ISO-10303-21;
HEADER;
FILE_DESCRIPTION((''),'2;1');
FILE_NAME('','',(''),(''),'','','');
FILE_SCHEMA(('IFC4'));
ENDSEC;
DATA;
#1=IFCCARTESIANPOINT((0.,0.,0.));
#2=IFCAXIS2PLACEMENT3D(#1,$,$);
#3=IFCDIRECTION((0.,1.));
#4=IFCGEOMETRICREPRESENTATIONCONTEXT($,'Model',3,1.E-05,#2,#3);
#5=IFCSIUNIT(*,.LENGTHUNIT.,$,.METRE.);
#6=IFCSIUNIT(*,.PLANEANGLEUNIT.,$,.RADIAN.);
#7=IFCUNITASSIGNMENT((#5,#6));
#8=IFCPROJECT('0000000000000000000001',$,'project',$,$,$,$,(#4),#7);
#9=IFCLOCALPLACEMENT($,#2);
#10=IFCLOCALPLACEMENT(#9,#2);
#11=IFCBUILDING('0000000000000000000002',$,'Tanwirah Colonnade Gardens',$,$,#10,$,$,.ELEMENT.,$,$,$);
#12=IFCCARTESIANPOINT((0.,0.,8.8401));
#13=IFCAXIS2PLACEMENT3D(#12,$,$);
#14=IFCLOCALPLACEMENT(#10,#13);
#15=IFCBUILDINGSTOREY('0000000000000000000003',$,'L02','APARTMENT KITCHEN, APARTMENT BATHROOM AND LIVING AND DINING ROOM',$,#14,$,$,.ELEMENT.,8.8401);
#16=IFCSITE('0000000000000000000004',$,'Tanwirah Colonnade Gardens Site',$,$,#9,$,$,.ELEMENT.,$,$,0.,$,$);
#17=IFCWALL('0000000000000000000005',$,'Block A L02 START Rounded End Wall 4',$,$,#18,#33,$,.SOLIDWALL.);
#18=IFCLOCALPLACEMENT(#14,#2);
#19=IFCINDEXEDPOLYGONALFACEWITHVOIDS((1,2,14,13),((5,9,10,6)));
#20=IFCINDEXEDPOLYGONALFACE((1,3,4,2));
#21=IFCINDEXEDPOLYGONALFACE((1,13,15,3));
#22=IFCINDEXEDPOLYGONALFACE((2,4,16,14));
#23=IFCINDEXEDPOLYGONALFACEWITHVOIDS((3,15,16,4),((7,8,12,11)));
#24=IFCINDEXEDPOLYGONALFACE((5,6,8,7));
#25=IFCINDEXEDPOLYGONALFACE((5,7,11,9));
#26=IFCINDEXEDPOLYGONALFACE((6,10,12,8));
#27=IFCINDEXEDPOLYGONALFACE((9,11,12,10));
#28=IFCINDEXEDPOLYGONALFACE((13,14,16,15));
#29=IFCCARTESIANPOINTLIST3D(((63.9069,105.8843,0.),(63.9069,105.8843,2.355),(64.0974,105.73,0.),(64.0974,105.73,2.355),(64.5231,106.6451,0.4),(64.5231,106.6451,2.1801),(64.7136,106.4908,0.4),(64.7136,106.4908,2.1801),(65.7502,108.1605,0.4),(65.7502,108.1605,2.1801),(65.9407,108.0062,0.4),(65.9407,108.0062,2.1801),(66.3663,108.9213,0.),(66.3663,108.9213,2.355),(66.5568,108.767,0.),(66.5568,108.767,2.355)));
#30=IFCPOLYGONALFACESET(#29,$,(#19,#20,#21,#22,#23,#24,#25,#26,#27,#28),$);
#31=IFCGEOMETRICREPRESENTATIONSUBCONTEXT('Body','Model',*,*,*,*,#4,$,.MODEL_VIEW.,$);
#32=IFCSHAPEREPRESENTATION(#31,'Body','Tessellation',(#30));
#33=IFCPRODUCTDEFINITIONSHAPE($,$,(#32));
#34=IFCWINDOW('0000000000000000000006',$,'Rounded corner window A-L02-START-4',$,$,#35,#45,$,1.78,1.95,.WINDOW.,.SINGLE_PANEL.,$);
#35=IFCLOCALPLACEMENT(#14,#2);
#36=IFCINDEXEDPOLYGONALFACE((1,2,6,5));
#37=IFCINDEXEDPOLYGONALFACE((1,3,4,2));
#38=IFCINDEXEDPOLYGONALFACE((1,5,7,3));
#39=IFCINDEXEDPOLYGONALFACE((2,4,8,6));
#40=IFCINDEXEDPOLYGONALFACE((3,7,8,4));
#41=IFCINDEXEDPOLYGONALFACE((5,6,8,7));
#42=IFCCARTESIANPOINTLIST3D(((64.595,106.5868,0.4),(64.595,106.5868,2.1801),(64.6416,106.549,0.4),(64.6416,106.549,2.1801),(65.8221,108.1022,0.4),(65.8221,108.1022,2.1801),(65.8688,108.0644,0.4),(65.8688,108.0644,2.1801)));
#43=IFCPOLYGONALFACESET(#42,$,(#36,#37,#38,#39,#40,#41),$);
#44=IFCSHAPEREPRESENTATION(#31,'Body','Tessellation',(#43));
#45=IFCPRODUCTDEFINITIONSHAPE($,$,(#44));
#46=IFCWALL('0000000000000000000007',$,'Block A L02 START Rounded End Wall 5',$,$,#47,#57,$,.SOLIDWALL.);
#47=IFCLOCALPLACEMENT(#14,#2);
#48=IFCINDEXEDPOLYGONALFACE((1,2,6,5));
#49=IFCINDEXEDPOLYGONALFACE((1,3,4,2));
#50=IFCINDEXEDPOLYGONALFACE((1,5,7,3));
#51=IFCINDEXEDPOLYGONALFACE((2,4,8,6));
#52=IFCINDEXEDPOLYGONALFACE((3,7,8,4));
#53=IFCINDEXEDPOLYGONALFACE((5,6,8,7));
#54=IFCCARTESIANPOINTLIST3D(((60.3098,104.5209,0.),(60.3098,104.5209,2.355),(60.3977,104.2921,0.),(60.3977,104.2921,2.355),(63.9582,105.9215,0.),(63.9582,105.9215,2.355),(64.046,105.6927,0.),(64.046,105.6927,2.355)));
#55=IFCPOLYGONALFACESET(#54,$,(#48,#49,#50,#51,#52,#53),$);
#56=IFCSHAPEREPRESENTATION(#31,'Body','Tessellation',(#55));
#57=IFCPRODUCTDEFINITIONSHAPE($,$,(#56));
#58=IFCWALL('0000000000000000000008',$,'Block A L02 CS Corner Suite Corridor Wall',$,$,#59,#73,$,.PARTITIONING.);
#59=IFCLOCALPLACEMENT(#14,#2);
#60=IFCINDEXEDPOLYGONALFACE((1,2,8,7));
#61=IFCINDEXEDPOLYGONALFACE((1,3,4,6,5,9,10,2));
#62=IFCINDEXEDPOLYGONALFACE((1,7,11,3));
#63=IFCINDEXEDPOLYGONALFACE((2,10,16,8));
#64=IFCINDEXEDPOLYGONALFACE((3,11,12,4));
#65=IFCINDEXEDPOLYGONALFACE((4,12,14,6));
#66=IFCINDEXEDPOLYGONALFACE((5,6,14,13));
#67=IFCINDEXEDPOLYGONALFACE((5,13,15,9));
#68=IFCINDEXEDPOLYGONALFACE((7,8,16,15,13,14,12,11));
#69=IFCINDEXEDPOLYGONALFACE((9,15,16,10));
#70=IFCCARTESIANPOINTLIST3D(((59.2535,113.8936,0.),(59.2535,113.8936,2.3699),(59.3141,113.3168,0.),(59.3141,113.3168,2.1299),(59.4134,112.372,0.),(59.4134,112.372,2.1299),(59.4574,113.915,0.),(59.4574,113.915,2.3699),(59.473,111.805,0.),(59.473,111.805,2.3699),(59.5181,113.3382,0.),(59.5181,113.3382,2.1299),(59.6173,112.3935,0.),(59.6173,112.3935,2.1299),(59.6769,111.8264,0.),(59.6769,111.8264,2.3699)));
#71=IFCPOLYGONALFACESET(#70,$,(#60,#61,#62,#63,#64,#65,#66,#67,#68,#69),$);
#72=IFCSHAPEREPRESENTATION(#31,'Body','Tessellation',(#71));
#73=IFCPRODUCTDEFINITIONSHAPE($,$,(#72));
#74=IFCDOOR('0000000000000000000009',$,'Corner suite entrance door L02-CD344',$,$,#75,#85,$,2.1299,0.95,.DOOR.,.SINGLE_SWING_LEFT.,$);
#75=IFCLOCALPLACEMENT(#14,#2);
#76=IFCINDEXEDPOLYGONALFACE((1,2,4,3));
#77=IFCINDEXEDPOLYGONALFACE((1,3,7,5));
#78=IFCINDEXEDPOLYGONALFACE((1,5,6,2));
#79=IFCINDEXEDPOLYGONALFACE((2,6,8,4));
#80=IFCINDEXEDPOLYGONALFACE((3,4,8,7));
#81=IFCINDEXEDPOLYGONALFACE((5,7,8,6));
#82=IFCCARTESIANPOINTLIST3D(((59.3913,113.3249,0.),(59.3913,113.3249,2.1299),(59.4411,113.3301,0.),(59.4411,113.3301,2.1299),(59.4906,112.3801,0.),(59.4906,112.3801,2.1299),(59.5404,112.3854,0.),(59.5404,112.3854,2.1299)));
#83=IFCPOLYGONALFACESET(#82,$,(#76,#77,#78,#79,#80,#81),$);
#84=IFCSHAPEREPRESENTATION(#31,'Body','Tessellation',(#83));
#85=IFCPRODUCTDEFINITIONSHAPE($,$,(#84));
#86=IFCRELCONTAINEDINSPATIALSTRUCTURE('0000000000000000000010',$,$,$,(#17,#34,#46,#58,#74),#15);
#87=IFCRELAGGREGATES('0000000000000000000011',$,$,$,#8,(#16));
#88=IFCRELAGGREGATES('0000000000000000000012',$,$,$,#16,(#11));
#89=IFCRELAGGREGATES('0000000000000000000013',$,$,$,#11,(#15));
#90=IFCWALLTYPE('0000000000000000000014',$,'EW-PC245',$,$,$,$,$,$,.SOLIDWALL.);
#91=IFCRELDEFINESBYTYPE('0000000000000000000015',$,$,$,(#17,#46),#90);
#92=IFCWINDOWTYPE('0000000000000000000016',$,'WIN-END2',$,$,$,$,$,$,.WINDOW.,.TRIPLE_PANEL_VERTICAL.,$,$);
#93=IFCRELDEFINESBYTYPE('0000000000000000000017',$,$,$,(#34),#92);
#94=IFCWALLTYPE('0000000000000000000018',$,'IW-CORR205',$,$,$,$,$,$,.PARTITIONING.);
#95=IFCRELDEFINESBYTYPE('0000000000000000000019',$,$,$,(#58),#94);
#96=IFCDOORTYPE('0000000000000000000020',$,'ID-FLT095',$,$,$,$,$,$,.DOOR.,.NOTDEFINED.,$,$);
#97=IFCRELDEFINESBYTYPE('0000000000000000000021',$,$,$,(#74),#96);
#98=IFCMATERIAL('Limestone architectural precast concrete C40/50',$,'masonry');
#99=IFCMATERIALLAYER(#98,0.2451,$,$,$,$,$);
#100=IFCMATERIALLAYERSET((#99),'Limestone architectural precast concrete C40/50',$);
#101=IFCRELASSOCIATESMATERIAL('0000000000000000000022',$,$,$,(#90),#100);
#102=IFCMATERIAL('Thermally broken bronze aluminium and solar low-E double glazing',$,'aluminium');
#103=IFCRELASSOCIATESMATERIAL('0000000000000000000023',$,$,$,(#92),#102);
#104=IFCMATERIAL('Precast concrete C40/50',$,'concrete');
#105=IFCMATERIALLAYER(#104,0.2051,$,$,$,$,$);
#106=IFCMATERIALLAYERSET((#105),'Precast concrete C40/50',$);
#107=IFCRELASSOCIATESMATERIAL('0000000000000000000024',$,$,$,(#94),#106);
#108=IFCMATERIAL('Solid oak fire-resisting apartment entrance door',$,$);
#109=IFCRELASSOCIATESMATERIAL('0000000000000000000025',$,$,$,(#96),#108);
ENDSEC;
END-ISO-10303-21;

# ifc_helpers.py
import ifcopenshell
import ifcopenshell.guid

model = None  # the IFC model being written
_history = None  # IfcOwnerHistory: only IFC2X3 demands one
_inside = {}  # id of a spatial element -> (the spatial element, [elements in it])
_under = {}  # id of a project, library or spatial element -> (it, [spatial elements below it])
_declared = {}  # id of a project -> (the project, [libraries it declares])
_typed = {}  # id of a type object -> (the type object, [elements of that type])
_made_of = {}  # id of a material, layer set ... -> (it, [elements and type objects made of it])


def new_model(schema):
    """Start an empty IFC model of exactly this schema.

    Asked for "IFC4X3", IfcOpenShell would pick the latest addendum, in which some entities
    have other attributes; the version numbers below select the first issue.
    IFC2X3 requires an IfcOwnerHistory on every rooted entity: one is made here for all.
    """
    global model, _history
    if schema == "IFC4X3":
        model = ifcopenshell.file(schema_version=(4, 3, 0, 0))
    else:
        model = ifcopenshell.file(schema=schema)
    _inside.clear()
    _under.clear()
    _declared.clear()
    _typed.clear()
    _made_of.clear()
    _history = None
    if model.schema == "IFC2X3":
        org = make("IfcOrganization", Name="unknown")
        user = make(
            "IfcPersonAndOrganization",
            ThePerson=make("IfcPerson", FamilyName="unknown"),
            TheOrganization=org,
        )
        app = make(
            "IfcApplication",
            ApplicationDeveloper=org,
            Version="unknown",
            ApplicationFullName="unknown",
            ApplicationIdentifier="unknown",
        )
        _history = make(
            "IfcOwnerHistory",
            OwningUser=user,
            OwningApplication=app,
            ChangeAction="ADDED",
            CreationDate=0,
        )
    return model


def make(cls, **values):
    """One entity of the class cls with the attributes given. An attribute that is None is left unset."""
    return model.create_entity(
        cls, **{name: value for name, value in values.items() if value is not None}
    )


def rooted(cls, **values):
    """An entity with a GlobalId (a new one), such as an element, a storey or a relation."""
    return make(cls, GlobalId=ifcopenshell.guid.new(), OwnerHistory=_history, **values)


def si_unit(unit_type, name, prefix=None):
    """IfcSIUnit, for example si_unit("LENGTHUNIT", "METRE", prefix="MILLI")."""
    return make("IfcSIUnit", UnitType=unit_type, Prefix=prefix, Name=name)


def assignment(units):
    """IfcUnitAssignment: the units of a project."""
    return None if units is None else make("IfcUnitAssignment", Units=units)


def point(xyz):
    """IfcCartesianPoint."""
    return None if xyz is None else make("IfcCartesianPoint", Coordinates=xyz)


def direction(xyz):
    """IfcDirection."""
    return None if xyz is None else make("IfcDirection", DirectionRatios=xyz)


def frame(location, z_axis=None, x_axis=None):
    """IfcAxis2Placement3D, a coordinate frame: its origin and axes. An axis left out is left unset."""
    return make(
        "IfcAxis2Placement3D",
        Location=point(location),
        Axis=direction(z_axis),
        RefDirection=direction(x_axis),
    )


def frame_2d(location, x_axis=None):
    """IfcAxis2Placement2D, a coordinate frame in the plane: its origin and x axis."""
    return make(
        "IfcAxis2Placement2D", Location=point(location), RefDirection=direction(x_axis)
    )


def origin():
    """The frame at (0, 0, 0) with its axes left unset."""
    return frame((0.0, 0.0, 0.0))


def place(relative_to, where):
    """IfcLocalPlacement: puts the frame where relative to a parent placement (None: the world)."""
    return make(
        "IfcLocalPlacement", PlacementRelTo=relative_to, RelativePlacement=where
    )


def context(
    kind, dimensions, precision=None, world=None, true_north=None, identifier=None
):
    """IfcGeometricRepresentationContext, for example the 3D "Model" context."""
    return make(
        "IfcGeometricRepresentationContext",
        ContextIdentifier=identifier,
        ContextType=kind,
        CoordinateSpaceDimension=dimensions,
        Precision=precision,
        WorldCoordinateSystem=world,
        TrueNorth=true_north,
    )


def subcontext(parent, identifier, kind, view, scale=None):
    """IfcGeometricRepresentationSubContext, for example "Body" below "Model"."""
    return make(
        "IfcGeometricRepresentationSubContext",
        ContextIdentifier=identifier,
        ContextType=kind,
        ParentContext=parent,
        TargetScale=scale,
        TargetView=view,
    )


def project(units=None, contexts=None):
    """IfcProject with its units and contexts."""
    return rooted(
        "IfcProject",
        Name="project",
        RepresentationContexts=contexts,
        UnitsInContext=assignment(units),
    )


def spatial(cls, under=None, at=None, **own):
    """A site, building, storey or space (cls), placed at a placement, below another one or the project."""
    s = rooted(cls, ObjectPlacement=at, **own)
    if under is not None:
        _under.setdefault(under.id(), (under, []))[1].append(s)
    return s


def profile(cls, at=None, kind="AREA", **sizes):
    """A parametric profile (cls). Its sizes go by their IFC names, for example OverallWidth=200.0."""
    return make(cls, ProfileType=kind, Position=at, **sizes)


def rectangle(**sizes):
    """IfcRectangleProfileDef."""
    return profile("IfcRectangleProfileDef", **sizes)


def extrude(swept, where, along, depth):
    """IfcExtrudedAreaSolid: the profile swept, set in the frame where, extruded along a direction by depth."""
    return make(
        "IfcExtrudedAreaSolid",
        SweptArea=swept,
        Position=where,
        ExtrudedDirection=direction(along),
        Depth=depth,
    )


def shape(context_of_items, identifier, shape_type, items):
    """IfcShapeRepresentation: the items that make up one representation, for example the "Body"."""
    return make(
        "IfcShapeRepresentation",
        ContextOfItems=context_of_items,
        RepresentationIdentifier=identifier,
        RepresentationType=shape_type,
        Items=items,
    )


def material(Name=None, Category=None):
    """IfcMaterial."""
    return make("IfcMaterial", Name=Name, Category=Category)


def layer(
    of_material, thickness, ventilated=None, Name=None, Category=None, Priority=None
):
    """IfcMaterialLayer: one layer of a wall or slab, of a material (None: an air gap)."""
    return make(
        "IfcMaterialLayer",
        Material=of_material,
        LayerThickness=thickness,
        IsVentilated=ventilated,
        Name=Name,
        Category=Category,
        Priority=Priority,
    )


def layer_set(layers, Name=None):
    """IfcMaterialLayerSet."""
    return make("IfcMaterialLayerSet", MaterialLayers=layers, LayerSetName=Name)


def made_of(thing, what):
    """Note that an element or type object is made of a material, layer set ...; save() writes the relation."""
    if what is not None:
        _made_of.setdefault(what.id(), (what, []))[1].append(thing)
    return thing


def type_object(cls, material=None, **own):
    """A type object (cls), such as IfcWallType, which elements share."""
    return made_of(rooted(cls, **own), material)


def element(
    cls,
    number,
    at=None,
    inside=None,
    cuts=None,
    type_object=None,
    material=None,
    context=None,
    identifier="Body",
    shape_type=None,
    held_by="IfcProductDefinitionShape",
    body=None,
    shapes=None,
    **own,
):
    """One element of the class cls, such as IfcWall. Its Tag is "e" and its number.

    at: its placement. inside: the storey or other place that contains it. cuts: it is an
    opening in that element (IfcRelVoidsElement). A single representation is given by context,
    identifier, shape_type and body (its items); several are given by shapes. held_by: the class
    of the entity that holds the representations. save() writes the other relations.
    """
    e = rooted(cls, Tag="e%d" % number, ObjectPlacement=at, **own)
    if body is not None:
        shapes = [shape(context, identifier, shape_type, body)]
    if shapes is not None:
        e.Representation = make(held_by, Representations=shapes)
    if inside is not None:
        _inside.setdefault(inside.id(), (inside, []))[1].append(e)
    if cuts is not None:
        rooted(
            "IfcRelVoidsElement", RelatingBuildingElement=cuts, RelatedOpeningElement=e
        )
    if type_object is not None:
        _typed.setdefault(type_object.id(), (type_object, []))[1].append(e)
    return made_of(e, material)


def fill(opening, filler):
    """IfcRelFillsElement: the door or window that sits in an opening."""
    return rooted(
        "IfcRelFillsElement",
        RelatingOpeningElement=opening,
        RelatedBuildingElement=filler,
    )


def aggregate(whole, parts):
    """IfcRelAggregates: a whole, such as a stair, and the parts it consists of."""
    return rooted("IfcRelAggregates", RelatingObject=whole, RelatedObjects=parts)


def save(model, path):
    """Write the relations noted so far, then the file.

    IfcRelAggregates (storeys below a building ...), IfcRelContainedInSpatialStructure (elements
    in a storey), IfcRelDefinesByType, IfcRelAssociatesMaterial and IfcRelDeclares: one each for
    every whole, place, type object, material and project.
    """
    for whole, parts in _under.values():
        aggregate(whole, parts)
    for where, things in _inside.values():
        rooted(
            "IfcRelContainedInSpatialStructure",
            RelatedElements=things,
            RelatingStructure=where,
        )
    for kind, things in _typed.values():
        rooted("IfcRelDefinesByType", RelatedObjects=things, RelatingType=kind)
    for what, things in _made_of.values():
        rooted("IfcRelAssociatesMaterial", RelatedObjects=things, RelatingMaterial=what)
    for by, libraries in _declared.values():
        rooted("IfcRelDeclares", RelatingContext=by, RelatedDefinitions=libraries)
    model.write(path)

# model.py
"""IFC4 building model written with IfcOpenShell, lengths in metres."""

from ifc_helpers import new_model, si_unit, direction, frame, frame_2d, origin, place, context, subcontext, project, spatial, rectangle, extrude, material, layer, layer_set, type_object, element, fill, save


model = new_model("IFC4")

# Units and contexts
model_context = context("Model", 3, precision=1e-05, world=origin(), true_north=direction((0.0, 1.0)))
body_context = subcontext(model_context, "Body", "Model", "MODEL_VIEW")
ifc_project = project(units=[si_unit("LENGTHUNIT", "METRE"), si_unit("PLANEANGLEUNIT", "RADIAN")], contexts=[model_context])

# Site, building, storey
site_placement = place(None, origin())
site = spatial("IfcSite", under=ifc_project, at=site_placement, Name="Tanwirah Colonnade Gardens Site", CompositionType="ELEMENT", RefElevation=0.0)
building_placement = place(site_placement, origin())
building = spatial("IfcBuilding", under=site, at=building_placement, Name="Tanwirah Colonnade Gardens", CompositionType="ELEMENT")
storey_placement = place(building_placement, frame((0.0, 0.0, 8.8401)))
storey = spatial("IfcBuildingStorey", under=building, at=storey_placement, Name="L02", Description="APARTMENT KITCHEN, APARTMENT BATHROOM AND LIVING AND DINING ROOM", CompositionType="ELEMENT", Elevation=8.8401)

# Shared definitions
ifc_material_1 = material(Name="Precast concrete C40/50", Category="concrete")

# Shared definitions
ifc_material_2 = material(Name="Limestone architectural precast concrete C40/50", Category="masonry")
ifc_layer_1 = layer(ifc_material_2, 0.2451)
ifc_layer_set_1 = layer_set([ifc_layer_1], Name="Limestone architectural precast concrete C40/50")
wall_type_1 = type_object("IfcWallType", Name="EW-PC245", PredefinedType="SOLIDWALL", material=ifc_layer_set_1)
ifc_material_3 = material(Name="Thermally broken bronze aluminium and solar low-E double glazing", Category="aluminium")
window_type_1 = type_object("IfcWindowType", Name="WIN-END2", PartitioningType="TRIPLE_PANEL_VERTICAL", PredefinedType="WINDOW", material=ifc_material_3)

# Wall, opening, window
wall_1_placement = place(storey_placement, frame((66.4617, 108.8442, 0.0), z_axis=(0.0, 0.0, 1.0), x_axis=(-0.629331, -0.777137, 0.0)))
wall_1 = element("IfcWall", 1, at=wall_1_placement, inside=storey, type_object=wall_type_1, Name="Block A L02 START Rounded End Wall 4", PredefinedType="SOLIDWALL", context=body_context, shape_type="SweptSolid", body=[
    extrude(rectangle(XDim=3.908, YDim=0.2451, at=frame_2d((1.9541, 0.0))), origin(), (0.0, 0.0, 1.0), 2.355),
])
opening_1_placement = place(wall_1_placement, frame((0.979, 0.0, 0.3999)))
opening_1 = element("IfcOpeningElement", 2, at=opening_1_placement, cuts=wall_1, PredefinedType="OPENING", context=body_context, shape_type="SweptSolid", body=[
    extrude(rectangle(XDim=1.95, YDim=1.78, at=frame_2d((0.9751, 0.8901))), frame((0.0, 0.1326, 0.0), z_axis=(0.0, -1.0, 0.0), x_axis=(1.0, 0.0, 0.0)), (0.0, 0.0, 1.0), 0.2651),
])
window_1_placement = place(opening_1_placement, origin())
window_1 = element("IfcWindow", 3, at=window_1_placement, inside=storey, type_object=window_type_1, Name="Rounded corner window A-L02-START-4", OverallHeight=1.78, OverallWidth=1.95, PartitioningType="SINGLE_PANEL", PredefinedType="WINDOW", context=body_context, shape_type="SweptSolid", body=[
    extrude(rectangle(XDim=1.95, YDim=1.78, at=frame_2d((0.9751, 0.8901))), frame((0.0, 0.03, 0.0), z_axis=(0.0, -1.0, 0.0), x_axis=(1.0, 0.0, 0.0)), (0.0, 0.0, 1.0), 0.0601),
])
fill(opening_1, window_1)

# Wall
wall_2_placement = place(storey_placement, frame((64.0022, 105.8071, 0.0), z_axis=(0.0, 0.0, 1.0), x_axis=(-0.933569, -0.358397, 0.0)))
element("IfcWall", 4, at=wall_2_placement, inside=storey, type_object=wall_type_1, Name="Block A L02 START Rounded End Wall 5", PredefinedType="SOLIDWALL", context=body_context, shape_type="SweptSolid", body=[
    extrude(rectangle(XDim=3.908, YDim=0.2451, at=frame_2d((1.9541, 0.0))), origin(), (0.0, 0.0, 1.0), 2.355),
])

# Wall, opening, door
ifc_layer_2 = layer(ifc_material_1, 0.2051)
ifc_layer_set_2 = layer_set([ifc_layer_2], Name="Precast concrete C40/50")
wall_type_2 = type_object("IfcWallType", Name="IW-CORR205", PredefinedType="PARTITIONING", material=ifc_layer_set_2)
wall_3_placement = place(storey_placement, frame((59.575, 111.8157, 0.0), z_axis=(0.0, 0.0, 1.0), x_axis=(-0.104509, 0.994524, 0.0)))
wall_3 = element("IfcWall", 5, at=wall_3_placement, inside=storey, type_object=wall_type_2, Name="Block A L02 CS Corner Suite Corridor Wall", PredefinedType="PARTITIONING", context=body_context, shape_type="SweptSolid", body=[
    extrude(rectangle(XDim=2.1001, YDim=0.2051, at=frame_2d((1.05, 0.0))), origin(), (0.0, 0.0, 1.0), 2.3699),
])
opening_2_placement = place(wall_3_placement, frame((0.5701, 0.0, 0.0)))
opening_2 = element("IfcOpeningElement", 6, at=opening_2_placement, cuts=wall_3, PredefinedType="OPENING", context=body_context, shape_type="SweptSolid", body=[
    extrude(rectangle(XDim=0.95, YDim=2.1299, at=frame_2d((0.4751, 1.0649))), frame((0.0, 0.1125, 0.0), z_axis=(0.0, -1.0, 0.0), x_axis=(1.0, 0.0, 0.0)), (0.0, 0.0, 1.0), 0.2251),
])
ifc_material_4 = material(Name="Solid oak fire-resisting apartment entrance door")
door_type = type_object("IfcDoorType", Name="ID-FLT095", OperationType="NOTDEFINED", PredefinedType="DOOR", material=ifc_material_4)
door_placement = place(opening_2_placement, origin())
door = element("IfcDoor", 7, at=door_placement, inside=storey, type_object=door_type, Name="Corner suite entrance door L02-CD344", OperationType="SINGLE_SWING_LEFT", OverallHeight=2.1299, OverallWidth=0.95, PredefinedType="DOOR", context=body_context, shape_type="SweptSolid", body=[
    extrude(rectangle(XDim=0.95, YDim=2.1299, at=frame_2d((0.4751, 1.0649))), frame((0.0, 0.0249, 0.0), z_axis=(0.0, -1.0, 0.0), x_axis=(1.0, 0.0, 0.0)), (0.0, 0.0, 1.0), 0.05),
])
fill(opening_2, door)

save(model, "model.ifc")
